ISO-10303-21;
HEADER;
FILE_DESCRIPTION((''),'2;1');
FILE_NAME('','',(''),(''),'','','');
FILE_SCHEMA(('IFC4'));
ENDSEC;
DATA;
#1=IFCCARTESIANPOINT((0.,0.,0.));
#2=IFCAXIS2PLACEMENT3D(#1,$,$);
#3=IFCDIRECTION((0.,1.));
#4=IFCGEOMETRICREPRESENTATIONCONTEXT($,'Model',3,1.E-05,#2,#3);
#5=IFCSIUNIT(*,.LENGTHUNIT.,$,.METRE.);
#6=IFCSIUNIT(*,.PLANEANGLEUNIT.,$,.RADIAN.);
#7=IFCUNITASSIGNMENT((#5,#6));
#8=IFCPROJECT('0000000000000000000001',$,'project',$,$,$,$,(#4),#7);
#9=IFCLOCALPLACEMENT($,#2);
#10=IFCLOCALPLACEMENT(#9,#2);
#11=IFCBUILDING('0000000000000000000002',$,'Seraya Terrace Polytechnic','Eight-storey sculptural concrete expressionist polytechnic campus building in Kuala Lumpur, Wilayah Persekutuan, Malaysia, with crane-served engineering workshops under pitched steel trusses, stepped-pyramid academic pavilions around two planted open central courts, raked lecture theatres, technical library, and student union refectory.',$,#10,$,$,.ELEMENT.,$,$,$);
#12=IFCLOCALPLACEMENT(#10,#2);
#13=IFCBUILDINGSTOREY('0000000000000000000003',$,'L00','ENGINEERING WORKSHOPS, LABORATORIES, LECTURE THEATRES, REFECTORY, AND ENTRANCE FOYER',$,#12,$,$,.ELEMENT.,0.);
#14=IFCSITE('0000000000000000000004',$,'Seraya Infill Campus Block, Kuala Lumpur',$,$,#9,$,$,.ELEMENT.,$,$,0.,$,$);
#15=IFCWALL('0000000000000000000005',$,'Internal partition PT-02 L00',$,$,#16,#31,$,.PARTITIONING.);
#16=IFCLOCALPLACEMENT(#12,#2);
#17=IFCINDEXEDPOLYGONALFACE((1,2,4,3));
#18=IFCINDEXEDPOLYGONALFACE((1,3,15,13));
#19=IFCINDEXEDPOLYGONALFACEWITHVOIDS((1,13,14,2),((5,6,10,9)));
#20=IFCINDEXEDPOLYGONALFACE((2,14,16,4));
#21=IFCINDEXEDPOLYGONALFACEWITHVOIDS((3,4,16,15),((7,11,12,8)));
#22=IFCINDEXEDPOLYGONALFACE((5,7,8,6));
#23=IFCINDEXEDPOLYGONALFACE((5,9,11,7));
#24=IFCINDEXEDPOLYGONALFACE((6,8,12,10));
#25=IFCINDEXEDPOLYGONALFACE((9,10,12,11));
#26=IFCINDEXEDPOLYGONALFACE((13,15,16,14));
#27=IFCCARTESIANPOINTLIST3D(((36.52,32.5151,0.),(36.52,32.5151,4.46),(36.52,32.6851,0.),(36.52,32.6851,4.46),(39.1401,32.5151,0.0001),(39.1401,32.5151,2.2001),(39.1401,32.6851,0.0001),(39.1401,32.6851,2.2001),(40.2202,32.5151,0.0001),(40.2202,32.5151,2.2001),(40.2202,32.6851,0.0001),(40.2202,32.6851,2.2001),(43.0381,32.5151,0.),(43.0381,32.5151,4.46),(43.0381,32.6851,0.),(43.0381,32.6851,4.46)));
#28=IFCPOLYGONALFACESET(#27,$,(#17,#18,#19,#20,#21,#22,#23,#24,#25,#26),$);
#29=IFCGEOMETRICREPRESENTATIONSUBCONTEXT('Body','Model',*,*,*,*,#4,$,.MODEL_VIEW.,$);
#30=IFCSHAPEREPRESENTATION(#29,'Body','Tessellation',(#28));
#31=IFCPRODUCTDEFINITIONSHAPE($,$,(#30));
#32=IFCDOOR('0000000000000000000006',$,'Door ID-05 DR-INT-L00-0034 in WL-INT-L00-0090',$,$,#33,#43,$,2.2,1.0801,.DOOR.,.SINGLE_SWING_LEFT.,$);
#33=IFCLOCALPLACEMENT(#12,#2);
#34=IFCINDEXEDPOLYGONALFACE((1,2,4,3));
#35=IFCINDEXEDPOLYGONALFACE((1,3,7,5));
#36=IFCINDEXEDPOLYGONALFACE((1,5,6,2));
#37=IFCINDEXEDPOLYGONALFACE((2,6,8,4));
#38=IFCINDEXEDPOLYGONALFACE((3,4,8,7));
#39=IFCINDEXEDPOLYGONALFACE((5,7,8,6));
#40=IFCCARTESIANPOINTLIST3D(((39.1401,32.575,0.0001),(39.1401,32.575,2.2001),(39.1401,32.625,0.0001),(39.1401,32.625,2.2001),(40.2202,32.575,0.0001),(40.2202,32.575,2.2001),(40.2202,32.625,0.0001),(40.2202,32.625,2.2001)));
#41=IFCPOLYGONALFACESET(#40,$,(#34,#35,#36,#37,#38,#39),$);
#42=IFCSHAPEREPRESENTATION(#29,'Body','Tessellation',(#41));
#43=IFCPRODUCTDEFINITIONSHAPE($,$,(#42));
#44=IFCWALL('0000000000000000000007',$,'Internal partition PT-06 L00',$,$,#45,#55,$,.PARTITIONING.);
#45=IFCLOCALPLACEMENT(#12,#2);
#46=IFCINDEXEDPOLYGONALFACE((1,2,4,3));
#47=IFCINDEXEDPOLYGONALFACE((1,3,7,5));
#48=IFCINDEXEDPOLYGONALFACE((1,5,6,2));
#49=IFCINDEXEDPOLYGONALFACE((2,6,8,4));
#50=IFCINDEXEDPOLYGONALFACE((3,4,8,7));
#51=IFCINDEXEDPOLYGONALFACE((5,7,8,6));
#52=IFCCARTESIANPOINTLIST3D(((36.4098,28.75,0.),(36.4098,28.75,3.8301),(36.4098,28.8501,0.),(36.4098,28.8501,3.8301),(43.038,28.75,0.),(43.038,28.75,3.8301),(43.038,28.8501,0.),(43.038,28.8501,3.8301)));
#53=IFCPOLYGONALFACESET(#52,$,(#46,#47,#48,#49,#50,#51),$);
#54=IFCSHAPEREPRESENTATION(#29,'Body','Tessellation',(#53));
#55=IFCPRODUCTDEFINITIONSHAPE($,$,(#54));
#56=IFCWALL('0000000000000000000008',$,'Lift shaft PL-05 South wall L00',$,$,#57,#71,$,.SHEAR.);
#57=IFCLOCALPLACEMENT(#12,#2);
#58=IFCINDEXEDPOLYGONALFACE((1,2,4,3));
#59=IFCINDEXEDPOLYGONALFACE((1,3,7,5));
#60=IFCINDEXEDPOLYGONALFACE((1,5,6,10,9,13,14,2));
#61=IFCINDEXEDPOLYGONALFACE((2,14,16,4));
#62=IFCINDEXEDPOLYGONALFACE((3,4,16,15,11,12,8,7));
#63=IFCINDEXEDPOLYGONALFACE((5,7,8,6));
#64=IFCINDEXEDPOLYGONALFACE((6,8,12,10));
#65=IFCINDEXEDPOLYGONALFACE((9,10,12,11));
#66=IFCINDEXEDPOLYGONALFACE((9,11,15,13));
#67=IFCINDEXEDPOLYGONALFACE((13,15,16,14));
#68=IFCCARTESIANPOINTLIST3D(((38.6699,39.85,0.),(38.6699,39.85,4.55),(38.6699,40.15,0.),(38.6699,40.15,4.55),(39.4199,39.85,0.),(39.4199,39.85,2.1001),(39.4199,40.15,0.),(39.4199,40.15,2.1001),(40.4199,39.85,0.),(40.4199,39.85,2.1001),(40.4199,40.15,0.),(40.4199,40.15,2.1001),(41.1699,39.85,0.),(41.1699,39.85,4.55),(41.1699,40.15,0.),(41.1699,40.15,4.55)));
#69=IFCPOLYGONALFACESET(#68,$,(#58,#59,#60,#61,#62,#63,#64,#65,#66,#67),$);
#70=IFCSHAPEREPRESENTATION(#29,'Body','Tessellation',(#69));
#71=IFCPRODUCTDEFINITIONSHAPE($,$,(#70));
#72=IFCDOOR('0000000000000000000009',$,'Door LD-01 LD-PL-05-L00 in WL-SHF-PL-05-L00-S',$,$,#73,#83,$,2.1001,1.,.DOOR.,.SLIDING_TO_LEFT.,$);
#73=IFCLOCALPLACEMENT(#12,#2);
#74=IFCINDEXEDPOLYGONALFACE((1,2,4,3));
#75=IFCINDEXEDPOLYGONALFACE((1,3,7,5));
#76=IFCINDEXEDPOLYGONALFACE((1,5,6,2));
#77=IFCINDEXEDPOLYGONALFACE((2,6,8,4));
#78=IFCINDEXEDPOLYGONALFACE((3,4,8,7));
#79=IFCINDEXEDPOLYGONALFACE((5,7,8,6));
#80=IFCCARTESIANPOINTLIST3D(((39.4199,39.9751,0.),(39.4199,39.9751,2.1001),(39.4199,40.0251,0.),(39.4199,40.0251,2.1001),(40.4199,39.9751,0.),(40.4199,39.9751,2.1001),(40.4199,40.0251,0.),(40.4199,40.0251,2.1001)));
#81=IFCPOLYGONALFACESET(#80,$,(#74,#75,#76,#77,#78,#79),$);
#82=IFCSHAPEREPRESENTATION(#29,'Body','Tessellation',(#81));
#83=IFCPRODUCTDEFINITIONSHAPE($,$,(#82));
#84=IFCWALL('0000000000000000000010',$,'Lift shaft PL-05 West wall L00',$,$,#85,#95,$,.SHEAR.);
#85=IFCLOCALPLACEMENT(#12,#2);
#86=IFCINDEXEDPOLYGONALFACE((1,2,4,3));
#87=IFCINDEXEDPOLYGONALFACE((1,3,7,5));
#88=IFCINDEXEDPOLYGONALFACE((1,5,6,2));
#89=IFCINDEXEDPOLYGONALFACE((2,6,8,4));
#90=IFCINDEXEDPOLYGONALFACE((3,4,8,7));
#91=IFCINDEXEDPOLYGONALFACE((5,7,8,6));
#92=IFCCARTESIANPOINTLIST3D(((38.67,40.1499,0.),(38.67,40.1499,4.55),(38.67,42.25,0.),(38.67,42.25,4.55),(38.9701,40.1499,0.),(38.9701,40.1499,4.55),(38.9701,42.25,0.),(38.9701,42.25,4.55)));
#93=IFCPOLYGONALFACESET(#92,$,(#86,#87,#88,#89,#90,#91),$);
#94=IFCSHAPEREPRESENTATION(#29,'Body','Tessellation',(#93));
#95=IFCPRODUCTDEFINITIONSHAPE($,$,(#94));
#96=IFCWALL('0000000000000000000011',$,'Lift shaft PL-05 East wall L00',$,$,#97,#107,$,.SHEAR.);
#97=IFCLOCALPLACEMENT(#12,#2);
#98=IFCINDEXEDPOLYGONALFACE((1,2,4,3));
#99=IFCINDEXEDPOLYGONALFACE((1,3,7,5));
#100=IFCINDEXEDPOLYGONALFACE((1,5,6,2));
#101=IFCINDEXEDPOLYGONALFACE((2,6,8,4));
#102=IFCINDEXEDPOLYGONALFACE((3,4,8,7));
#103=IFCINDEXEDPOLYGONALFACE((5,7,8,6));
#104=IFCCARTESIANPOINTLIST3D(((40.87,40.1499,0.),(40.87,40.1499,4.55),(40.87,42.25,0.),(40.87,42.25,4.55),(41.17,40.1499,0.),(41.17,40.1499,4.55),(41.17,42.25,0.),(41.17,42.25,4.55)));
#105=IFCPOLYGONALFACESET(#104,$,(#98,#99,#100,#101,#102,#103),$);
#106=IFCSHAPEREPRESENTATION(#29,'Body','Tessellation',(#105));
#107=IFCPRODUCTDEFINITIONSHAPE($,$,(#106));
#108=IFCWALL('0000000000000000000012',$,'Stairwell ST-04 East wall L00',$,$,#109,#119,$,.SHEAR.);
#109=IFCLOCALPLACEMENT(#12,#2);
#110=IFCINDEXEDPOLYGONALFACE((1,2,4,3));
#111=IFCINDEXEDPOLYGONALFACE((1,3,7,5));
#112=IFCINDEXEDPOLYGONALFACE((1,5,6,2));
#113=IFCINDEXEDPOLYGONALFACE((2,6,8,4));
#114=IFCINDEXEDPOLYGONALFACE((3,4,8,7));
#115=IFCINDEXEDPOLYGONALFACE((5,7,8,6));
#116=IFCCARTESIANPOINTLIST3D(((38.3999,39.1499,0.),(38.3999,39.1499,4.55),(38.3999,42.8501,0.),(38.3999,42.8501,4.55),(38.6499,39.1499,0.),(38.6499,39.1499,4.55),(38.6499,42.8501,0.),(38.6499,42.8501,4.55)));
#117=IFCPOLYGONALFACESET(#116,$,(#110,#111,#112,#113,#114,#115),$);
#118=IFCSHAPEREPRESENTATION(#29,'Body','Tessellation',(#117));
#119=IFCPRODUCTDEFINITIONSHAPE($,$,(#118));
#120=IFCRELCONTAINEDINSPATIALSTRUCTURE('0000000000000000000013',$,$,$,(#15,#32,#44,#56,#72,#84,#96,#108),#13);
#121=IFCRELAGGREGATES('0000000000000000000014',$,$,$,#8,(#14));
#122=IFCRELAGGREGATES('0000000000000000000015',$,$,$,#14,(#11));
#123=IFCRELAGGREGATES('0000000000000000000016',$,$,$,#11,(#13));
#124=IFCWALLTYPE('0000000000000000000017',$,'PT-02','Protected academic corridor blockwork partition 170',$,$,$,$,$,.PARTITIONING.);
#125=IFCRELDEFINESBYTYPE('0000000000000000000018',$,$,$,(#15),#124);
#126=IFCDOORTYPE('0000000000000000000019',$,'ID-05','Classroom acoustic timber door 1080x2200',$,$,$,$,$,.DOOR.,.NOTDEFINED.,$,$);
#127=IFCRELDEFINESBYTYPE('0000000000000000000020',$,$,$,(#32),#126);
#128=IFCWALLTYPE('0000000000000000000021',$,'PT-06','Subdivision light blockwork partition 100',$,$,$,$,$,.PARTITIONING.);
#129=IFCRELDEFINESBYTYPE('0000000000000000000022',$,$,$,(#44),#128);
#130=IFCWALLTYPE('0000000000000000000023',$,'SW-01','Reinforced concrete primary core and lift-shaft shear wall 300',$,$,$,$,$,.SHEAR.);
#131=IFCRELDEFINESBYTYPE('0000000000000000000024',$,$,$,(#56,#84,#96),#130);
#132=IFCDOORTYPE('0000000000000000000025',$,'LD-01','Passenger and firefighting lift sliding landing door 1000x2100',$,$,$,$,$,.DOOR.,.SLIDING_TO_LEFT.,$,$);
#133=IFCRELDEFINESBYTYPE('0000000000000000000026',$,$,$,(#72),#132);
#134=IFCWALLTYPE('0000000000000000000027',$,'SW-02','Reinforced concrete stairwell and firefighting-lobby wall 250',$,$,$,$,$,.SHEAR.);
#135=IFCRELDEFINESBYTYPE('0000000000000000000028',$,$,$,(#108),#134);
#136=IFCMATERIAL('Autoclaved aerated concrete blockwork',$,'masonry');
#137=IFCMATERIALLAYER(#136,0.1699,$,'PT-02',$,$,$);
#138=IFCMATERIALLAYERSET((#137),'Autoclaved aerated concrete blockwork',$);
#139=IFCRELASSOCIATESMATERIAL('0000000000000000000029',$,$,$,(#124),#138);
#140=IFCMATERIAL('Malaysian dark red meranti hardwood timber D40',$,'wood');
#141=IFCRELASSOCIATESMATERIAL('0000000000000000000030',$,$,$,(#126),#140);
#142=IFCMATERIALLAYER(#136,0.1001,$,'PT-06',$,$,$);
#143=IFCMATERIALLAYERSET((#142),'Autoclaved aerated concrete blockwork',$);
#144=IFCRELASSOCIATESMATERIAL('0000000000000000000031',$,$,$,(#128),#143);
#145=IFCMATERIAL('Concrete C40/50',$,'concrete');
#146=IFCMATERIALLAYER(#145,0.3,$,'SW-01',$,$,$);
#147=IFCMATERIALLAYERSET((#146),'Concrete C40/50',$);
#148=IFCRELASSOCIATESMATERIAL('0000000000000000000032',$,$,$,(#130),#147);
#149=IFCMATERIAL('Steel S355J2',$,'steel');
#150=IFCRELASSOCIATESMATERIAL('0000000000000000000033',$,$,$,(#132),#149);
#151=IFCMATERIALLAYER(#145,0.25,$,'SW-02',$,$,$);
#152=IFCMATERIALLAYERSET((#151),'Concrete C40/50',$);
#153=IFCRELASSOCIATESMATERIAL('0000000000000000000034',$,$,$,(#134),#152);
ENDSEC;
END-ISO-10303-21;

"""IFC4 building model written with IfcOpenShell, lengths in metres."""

from ifc_helpers import new_model, si_unit, direction, frame, frame_2d, origin, place, context, subcontext, project, spatial, rectangle, extrude, material, layer, layer_set, type_object, element, fill, save


model = new_model("IFC4")

# Units and contexts
model_context = context("Model", 3, precision=1e-05, world=origin(), true_north=direction((0.0, 1.0)))
body_context = subcontext(model_context, "Body", "Model", "MODEL_VIEW")
ifc_project = project(units=[si_unit("LENGTHUNIT", "METRE"), si_unit("PLANEANGLEUNIT", "RADIAN")], contexts=[model_context])

# Site, building, storey
site_placement = place(None, origin())
site = spatial("IfcSite", under=ifc_project, at=site_placement, Name="Seraya Infill Campus Block, Kuala Lumpur", CompositionType="ELEMENT", RefElevation=0.0)
building_placement = place(site_placement, origin())
building = spatial("IfcBuilding", under=site, at=building_placement, Name="Seraya Terrace Polytechnic", Description="Eight-storey sculptural concrete expressionist polytechnic campus building in Kuala Lumpur, Wilayah Persekutuan, Malaysia, with crane-served engineering workshops under pitched steel trusses, stepped-pyramid academic pavilions around two planted open central courts, raked lecture theatres, technical library, and student union refectory.", CompositionType="ELEMENT")
storey_placement = place(building_placement, origin())
storey = spatial("IfcBuildingStorey", under=building, at=storey_placement, Name="L00", Description="ENGINEERING WORKSHOPS, LABORATORIES, LECTURE THEATRES, REFECTORY, AND ENTRANCE FOYER", CompositionType="ELEMENT", Elevation=0.0)

# Shared definitions
ifc_material_1 = material(Name="Concrete C40/50", Category="concrete")

# Wall, opening, door
ifc_material_2 = material(Name="Autoclaved aerated concrete blockwork", Category="masonry")
ifc_layer_1 = layer(ifc_material_2, 0.1699, Name="PT-02")
ifc_layer_set_1 = layer_set([ifc_layer_1], Name="Autoclaved aerated concrete blockwork")
wall_type_1 = type_object("IfcWallType", Name="PT-02", Description="Protected academic corridor blockwork partition 170", PredefinedType="PARTITIONING", material=ifc_layer_set_1)
wall_1_placement = place(storey_placement, frame((36.52, 32.6001, 0.0), z_axis=(0.0, 0.0, 1.0), x_axis=(1.0, 0.0, 0.0)))
wall_1 = element("IfcWall", 1, at=wall_1_placement, inside=storey, type_object=wall_type_1, Name="Internal partition PT-02 L00", PredefinedType="PARTITIONING", context=body_context, shape_type="SweptSolid", body=[
    extrude(rectangle(XDim=6.5181, YDim=0.1699, at=frame_2d((3.259, 0.0))), origin(), (0.0, 0.0, 1.0), 4.46),
])
opening_1_placement = place(wall_1_placement, frame((2.6201, 0.0, 0.0)))
opening_1 = element("IfcOpeningElement", 2, at=opening_1_placement, cuts=wall_1, PredefinedType="OPENING", context=body_context, shape_type="SweptSolid", body=[
    extrude(rectangle(XDim=1.0801, YDim=2.2, at=frame_2d((0.54, 1.1001))), frame((0.0, 0.0969, 0.0), z_axis=(0.0, -1.0, 0.0), x_axis=(1.0, 0.0, 0.0)), (0.0, 0.0, 1.0), 0.1938),
])
ifc_material_3 = material(Name="Malaysian dark red meranti hardwood timber D40", Category="wood")
door_type_1 = type_object("IfcDoorType", Name="ID-05", Description="Classroom acoustic timber door 1080x2200", OperationType="NOTDEFINED", PredefinedType="DOOR", material=ifc_material_3)
door_1_placement = place(opening_1_placement, origin())
door_1 = element("IfcDoor", 3, at=door_1_placement, inside=storey, type_object=door_type_1, Name="Door ID-05 DR-INT-L00-0034 in WL-INT-L00-0090", OperationType="SINGLE_SWING_LEFT", OverallHeight=2.2, OverallWidth=1.0801, PredefinedType="DOOR", context=body_context, shape_type="SweptSolid", body=[
    extrude(rectangle(XDim=1.0801, YDim=2.2, at=frame_2d((0.54, 1.1001))), frame((0.0, 0.0249, 0.0), z_axis=(0.0, -1.0, 0.0), x_axis=(1.0, 0.0, 0.0)), (0.0, 0.0, 1.0), 0.05),
])
fill(opening_1, door_1)

# Wall
ifc_layer_2 = layer(ifc_material_2, 0.1001, Name="PT-06")
ifc_layer_set_2 = layer_set([ifc_layer_2], Name="Autoclaved aerated concrete blockwork")
wall_type_2 = type_object("IfcWallType", Name="PT-06", Description="Subdivision light blockwork partition 100", PredefinedType="PARTITIONING", material=ifc_layer_set_2)
wall_2_placement = place(storey_placement, frame((36.4099, 28.8, 0.0), z_axis=(0.0, 0.0, 1.0), x_axis=(1.0, 0.0, 0.0)))
element("IfcWall", 4, at=wall_2_placement, inside=storey, type_object=wall_type_2, Name="Internal partition PT-06 L00", PredefinedType="PARTITIONING", context=body_context, shape_type="SweptSolid", body=[
    extrude(rectangle(XDim=6.6282, YDim=0.1001, at=frame_2d((3.314, 0.0))), origin(), (0.0, 0.0, 1.0), 3.8301),
])

# Wall, opening, door
ifc_layer_3 = layer(ifc_material_1, 0.3, Name="SW-01")
ifc_layer_set_3 = layer_set([ifc_layer_3], Name="Concrete C40/50")
wall_type_3 = type_object("IfcWallType", Name="SW-01", Description="Reinforced concrete primary core and lift-shaft shear wall 300", PredefinedType="SHEAR", material=ifc_layer_set_3)
wall_3_placement = place(storey_placement, frame((38.6699, 40.0, 0.0), z_axis=(0.0, 0.0, 1.0), x_axis=(1.0, 0.0, 0.0)))
wall_3 = element("IfcWall", 5, at=wall_3_placement, inside=storey, type_object=wall_type_3, Name="Lift shaft PL-05 South wall L00", PredefinedType="SHEAR", context=body_context, shape_type="SweptSolid", body=[
    extrude(rectangle(XDim=2.5, YDim=0.3, at=frame_2d((1.25, 0.0))), origin(), (0.0, 0.0, 1.0), 4.55),
])
opening_2_placement = place(wall_3_placement, frame((0.75, 0.0, 0.0)))
opening_2 = element("IfcOpeningElement", 6, at=opening_2_placement, cuts=wall_3, PredefinedType="OPENING", context=body_context, shape_type="SweptSolid", body=[
    extrude(rectangle(XDim=1.0, YDim=2.1001, at=frame_2d((0.5, 1.05))), frame((0.0, 0.1621, 0.0), z_axis=(0.0, -1.0, 0.0), x_axis=(1.0, 0.0, 0.0)), (0.0, 0.0, 1.0), 0.324),
])
ifc_material_4 = material(Name="Steel S355J2", Category="steel")
door_type_2 = type_object("IfcDoorType", Name="LD-01", Description="Passenger and firefighting lift sliding landing door 1000x2100", OperationType="SLIDING_TO_LEFT", PredefinedType="DOOR", material=ifc_material_4)
door_2_placement = place(opening_2_placement, frame((1.0, 0.0, 0.0), z_axis=(0.0, 0.0, 1.0), x_axis=(-1.0, 0.0, 0.0)))
door_2 = element("IfcDoor", 7, at=door_2_placement, inside=storey, type_object=door_type_2, Name="Door LD-01 LD-PL-05-L00 in WL-SHF-PL-05-L00-S", OperationType="SLIDING_TO_LEFT", OverallHeight=2.1001, OverallWidth=1.0, PredefinedType="DOOR", context=body_context, shape_type="SweptSolid", body=[
    extrude(rectangle(XDim=1.0, YDim=2.1001, at=frame_2d((0.5, 1.05))), frame((0.0, 0.0249, 0.0), z_axis=(0.0, -1.0, 0.0), x_axis=(1.0, 0.0, 0.0)), (0.0, 0.0, 1.0), 0.05),
])
fill(opening_2, door_2)

# Walls
for number, where, z_axis, x_axis, name in (
    (8, (38.8201, 40.1499, 0.0), (0.0, 0.0, 1.0), (0.0, 1.0, 0.0), "Lift shaft PL-05 West wall L00"),
    (9, (41.02, 40.1499, 0.0), (0.0, 0.0, 1.0), (0.0, 1.0, 0.0), "Lift shaft PL-05 East wall L00"),
):
    element("IfcWall", number, at=place(storey_placement, frame(where, z_axis=z_axis, x_axis=x_axis)), inside=storey, type_object=wall_type_3, Name=name, PredefinedType="SHEAR", context=body_context, shape_type="SweptSolid", body=[
        extrude(rectangle(XDim=2.1001, YDim=0.3, at=frame_2d((1.05, 0.0))), origin(), (0.0, 0.0, 1.0), 4.55),
    ])
ifc_layer_4 = layer(ifc_material_1, 0.25, Name="SW-02")
ifc_layer_set_4 = layer_set([ifc_layer_4], Name="Concrete C40/50")
wall_type_4 = type_object("IfcWallType", Name="SW-02", Description="Reinforced concrete stairwell and firefighting-lobby wall 250", PredefinedType="SHEAR", material=ifc_layer_set_4)
wall_4_placement = place(storey_placement, frame((38.5249, 39.1499, 0.0), z_axis=(0.0, 0.0, 1.0), x_axis=(0.0, 1.0, 0.0)))
element("IfcWall", 10, at=wall_4_placement, inside=storey, type_object=wall_type_4, Name="Stairwell ST-04 East wall L00", PredefinedType="SHEAR", context=body_context, shape_type="SweptSolid", body=[
    extrude(rectangle(XDim=3.7002, YDim=0.25, at=frame_2d((1.8501, 0.0))), origin(), (0.0, 0.0, 1.0), 4.55),
])

save(model, "model.ifc")
